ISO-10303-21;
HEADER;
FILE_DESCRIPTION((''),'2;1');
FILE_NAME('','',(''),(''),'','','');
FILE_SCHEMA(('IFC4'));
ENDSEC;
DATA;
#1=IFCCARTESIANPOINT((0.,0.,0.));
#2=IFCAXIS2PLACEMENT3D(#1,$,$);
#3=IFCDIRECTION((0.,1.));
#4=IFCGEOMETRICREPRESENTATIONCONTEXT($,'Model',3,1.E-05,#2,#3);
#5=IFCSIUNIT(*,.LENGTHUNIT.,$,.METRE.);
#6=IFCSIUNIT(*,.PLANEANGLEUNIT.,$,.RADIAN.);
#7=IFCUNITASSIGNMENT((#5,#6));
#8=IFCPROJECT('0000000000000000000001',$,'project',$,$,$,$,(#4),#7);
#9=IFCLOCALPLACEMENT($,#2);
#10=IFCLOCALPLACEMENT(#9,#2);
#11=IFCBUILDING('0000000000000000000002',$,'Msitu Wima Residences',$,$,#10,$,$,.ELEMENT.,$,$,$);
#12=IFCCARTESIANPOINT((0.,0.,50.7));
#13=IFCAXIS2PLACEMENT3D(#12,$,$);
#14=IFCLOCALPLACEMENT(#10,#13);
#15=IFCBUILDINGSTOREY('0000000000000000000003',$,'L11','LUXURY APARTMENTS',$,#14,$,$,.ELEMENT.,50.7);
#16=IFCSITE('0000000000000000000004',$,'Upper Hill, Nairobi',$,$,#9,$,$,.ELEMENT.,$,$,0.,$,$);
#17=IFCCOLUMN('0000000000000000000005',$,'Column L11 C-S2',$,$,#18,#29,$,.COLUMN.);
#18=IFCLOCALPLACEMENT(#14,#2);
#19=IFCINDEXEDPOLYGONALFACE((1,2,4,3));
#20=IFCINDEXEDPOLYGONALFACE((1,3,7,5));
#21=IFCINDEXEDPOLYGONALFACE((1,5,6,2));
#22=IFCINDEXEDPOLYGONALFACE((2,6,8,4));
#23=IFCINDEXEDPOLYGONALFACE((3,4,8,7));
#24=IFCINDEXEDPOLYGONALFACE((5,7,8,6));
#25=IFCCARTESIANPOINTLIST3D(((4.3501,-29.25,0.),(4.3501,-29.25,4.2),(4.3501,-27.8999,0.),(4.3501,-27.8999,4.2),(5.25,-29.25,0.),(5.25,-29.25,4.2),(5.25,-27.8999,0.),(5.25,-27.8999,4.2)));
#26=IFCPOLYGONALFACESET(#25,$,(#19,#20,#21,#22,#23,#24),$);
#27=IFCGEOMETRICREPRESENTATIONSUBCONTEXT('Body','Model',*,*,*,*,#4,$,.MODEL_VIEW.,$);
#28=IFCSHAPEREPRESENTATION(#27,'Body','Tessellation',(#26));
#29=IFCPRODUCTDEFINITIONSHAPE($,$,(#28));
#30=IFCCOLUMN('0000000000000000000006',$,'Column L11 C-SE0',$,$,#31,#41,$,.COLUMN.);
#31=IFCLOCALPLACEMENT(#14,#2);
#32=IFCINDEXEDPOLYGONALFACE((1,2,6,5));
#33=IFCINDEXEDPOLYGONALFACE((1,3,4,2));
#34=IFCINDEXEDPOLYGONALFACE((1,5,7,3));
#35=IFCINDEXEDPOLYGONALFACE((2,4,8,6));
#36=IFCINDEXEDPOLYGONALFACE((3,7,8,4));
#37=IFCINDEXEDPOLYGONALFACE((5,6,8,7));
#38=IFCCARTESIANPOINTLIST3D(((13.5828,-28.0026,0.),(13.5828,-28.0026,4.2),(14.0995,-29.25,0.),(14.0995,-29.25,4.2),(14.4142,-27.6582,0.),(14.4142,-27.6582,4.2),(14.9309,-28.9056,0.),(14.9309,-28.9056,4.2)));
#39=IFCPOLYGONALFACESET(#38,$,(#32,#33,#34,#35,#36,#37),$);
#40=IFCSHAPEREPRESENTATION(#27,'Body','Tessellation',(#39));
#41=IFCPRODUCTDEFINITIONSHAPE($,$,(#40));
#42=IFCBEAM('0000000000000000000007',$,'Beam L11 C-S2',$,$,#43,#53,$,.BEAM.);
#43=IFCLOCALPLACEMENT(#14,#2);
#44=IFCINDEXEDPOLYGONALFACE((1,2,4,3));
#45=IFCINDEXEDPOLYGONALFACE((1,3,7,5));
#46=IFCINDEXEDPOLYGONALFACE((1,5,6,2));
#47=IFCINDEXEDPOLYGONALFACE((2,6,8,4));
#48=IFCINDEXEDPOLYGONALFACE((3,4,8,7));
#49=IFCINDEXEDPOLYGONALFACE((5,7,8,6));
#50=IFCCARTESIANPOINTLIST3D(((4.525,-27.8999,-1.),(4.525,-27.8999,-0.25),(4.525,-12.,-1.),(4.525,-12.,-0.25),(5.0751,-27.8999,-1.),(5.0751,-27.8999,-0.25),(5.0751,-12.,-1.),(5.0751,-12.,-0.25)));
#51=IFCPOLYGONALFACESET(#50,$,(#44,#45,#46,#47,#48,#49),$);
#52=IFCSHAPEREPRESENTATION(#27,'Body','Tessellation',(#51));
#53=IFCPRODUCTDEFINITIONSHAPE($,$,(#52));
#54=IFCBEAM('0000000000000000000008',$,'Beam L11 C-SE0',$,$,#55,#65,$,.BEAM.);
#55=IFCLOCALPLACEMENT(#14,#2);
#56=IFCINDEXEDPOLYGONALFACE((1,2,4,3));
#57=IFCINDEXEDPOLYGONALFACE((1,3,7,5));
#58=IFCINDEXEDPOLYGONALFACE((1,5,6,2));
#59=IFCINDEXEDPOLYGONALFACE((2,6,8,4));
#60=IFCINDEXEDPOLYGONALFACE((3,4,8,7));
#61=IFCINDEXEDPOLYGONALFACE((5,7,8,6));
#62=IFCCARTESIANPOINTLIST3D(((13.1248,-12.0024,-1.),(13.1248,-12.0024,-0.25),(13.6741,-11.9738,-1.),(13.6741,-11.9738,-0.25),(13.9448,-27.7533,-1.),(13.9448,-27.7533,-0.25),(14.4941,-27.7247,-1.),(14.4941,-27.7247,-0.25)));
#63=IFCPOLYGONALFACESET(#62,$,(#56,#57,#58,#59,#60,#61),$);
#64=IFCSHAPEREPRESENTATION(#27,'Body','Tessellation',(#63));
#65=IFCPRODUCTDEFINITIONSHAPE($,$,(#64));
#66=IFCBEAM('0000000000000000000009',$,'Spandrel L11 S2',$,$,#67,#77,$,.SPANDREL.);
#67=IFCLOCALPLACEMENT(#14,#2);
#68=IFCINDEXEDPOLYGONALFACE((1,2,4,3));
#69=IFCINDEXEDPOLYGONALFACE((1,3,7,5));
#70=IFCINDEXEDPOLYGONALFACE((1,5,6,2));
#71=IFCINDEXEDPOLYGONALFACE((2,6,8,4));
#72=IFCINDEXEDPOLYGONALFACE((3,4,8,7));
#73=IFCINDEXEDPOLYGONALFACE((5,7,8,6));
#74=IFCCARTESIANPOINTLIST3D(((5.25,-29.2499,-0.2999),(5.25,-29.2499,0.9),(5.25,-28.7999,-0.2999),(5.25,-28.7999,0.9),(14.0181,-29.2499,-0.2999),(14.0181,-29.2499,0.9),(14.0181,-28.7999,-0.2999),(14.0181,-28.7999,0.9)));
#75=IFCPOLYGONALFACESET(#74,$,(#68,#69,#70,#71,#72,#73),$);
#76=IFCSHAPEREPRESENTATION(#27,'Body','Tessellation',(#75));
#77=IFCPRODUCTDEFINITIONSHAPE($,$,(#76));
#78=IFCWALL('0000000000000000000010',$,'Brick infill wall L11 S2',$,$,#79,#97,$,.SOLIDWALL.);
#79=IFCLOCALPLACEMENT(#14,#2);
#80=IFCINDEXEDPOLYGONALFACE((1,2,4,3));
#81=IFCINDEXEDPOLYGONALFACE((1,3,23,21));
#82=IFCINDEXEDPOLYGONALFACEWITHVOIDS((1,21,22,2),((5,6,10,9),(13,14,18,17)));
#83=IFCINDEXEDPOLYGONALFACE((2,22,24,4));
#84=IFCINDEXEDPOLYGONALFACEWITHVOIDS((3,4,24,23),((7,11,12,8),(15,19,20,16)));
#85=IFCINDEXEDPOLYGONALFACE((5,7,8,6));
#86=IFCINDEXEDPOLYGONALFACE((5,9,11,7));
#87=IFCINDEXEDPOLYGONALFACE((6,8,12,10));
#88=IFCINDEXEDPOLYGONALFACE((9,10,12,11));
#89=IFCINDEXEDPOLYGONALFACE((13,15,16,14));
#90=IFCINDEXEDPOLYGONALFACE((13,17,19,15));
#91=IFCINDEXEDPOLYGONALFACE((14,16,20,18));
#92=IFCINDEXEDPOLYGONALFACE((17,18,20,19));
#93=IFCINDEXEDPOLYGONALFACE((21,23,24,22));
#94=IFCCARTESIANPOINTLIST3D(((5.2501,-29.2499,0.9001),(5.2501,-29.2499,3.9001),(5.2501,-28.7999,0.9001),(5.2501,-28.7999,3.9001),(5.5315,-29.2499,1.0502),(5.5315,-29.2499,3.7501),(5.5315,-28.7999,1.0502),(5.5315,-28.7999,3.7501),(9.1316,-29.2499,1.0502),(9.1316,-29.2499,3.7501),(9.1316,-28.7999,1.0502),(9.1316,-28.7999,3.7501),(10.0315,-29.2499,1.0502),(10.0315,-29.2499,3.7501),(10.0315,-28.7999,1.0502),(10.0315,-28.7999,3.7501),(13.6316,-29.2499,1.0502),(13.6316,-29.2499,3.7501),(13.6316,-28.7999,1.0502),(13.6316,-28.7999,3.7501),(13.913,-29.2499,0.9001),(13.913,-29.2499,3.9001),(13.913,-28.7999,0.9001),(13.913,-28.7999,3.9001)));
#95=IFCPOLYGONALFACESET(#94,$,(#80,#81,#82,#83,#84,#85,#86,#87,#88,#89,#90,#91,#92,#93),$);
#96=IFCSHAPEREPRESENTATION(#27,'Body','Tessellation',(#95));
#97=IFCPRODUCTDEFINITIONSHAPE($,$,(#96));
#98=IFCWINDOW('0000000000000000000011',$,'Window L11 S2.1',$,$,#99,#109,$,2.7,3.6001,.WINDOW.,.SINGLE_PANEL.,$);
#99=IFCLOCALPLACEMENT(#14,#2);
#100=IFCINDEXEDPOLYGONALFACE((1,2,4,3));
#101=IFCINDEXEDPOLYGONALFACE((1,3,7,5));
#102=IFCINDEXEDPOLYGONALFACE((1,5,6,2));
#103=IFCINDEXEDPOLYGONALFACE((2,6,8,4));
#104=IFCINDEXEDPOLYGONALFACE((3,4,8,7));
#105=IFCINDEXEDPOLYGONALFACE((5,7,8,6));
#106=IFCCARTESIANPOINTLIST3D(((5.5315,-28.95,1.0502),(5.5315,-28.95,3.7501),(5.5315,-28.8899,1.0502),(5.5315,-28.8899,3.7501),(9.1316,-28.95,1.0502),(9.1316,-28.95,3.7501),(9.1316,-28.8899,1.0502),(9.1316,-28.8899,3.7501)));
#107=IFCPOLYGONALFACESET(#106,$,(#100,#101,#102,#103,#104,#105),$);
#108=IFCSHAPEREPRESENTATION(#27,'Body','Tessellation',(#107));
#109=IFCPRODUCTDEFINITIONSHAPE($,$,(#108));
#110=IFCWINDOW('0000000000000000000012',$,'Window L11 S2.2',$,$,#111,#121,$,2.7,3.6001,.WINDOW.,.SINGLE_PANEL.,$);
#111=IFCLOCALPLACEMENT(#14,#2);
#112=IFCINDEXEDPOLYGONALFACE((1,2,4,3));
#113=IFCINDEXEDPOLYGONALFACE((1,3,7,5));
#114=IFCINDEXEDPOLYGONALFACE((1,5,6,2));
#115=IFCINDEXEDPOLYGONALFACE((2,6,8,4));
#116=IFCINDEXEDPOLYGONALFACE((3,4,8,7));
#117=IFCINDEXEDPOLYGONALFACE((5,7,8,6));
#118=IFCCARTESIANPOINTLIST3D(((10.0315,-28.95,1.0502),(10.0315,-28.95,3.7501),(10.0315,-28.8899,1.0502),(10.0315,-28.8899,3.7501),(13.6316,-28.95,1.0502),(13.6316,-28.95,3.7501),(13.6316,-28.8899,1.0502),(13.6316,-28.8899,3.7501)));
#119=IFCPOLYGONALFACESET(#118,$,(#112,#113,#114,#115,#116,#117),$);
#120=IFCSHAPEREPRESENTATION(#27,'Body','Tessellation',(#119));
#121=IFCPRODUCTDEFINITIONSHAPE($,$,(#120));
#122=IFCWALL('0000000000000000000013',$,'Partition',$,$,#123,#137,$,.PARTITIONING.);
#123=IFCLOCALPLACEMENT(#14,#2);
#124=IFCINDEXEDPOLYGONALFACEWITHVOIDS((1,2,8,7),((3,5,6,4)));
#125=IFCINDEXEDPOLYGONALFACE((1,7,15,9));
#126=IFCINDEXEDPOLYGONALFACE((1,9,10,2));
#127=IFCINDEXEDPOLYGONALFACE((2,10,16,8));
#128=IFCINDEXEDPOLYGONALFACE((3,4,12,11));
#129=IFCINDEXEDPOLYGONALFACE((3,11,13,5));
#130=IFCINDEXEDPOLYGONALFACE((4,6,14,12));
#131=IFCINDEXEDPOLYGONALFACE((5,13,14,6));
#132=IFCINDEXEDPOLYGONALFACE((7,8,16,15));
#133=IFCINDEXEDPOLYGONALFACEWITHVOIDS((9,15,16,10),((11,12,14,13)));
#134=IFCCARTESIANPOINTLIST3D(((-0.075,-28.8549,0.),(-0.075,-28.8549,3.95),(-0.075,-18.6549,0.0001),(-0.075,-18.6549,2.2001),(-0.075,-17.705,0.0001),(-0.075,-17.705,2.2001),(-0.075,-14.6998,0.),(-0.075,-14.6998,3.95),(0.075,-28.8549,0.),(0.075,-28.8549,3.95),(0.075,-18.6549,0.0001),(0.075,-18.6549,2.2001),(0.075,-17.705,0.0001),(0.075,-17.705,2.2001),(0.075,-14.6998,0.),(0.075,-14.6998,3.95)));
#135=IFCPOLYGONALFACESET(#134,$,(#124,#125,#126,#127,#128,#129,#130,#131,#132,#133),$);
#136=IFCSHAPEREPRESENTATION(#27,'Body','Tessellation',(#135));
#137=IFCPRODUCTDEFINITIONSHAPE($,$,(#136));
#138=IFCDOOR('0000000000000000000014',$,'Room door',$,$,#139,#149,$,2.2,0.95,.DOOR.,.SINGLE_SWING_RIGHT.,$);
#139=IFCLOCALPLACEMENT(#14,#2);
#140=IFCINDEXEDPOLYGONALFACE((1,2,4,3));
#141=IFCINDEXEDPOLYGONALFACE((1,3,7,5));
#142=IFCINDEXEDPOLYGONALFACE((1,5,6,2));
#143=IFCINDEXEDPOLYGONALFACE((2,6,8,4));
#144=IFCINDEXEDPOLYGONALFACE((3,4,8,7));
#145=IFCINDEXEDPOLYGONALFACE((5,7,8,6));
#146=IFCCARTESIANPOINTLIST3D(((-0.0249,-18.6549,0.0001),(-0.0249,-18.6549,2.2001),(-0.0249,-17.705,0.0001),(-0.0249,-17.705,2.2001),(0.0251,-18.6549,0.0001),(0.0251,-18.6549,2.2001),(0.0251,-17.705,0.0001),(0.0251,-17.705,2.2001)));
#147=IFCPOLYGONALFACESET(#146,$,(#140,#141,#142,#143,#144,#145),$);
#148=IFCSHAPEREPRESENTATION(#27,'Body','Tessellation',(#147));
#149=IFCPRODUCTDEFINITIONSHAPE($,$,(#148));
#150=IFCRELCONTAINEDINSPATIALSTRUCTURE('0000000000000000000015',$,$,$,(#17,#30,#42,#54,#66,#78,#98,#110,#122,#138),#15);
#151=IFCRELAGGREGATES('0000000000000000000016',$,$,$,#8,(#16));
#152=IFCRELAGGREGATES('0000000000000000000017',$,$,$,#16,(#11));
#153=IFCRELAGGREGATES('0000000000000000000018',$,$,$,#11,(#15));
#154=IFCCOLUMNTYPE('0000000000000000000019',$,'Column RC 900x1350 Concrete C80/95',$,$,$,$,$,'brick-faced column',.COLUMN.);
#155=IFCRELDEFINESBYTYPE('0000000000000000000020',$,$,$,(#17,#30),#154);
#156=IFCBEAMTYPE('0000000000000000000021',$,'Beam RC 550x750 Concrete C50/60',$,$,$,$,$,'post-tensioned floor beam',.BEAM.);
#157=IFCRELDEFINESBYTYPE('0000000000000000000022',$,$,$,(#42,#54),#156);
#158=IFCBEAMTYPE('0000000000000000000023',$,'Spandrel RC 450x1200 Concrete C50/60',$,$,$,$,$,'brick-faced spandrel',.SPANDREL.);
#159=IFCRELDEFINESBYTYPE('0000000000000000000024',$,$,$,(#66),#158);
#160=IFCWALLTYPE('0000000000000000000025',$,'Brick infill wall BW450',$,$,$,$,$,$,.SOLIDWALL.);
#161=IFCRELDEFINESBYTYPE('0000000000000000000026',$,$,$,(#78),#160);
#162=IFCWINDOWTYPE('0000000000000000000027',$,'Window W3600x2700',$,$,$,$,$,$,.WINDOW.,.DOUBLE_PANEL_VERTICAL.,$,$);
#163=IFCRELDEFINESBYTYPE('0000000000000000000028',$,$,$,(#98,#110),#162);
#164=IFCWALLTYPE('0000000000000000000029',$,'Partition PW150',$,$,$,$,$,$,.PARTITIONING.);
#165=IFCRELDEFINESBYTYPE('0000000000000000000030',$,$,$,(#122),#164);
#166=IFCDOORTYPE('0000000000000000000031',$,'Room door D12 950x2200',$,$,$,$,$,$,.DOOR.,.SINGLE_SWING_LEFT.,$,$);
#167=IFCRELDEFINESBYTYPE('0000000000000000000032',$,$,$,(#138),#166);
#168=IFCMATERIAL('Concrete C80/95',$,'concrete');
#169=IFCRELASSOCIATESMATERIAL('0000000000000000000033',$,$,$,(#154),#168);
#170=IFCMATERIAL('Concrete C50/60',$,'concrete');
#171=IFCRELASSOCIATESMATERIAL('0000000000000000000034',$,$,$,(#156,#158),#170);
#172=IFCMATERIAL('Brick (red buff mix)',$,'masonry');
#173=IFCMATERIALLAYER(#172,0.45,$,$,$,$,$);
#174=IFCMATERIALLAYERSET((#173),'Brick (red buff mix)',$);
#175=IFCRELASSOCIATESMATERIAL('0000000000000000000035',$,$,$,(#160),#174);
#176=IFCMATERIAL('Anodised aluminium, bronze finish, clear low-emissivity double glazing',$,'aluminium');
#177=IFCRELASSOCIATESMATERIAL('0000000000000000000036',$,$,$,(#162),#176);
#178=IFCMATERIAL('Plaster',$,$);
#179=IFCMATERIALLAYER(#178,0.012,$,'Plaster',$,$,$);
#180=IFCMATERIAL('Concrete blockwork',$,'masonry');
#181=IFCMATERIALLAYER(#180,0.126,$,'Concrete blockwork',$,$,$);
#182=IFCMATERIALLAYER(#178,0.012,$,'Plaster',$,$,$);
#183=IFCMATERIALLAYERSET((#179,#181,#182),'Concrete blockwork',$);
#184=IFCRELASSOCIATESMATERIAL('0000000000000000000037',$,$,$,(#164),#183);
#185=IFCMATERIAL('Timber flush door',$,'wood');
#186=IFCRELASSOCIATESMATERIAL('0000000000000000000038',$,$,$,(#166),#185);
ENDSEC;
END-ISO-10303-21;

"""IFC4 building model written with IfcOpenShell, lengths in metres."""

from ifc_helpers import new_model, si_unit, direction, frame, frame_2d, origin, origin_2d, place, context, subcontext, project, spatial, rectangle, extrude, material, layer, layer_set, material_profile, profile_set, type_object, element, fill, save


model = new_model("IFC4")

# Units and contexts
model_context = context("Model", 3, precision=1e-05, world=origin(), true_north=direction((0.0, 1.0)))
body_context = subcontext(model_context, "Body", "Model", "MODEL_VIEW")
ifc_project = project(units=[si_unit("LENGTHUNIT", "METRE"), si_unit("PLANEANGLEUNIT", "RADIAN")], contexts=[model_context])

# Site, building, storey
site_placement = place(None, origin())
site = spatial("IfcSite", under=ifc_project, at=site_placement, Name="Upper Hill, Nairobi", CompositionType="ELEMENT", RefElevation=0.0)
building_placement = place(site_placement, origin())
building = spatial("IfcBuilding", under=site, at=building_placement, Name="Msitu Wima Residences", CompositionType="ELEMENT")
storey_placement = place(building_placement, frame((0.0, 0.0, 50.7)))
storey = spatial("IfcBuildingStorey", under=building, at=storey_placement, Name="L11", Description="LUXURY APARTMENTS", CompositionType="ELEMENT", Elevation=50.7)

# Columns
ifc_material_1 = material(Name="Concrete C80/95", Category="concrete")
ifc_material_profile_1 = material_profile(ifc_material_1, rectangle(XDim=0.8999, YDim=1.3501, at=origin_2d()), Name="RC 900x1350")
ifc_profile_set_1 = profile_set([ifc_material_profile_1], Name="Concrete C80/95")
column_type = type_object("IfcColumnType", Name="Column RC 900x1350 Concrete C80/95", ElementType="brick-faced column", PredefinedType="COLUMN", material=ifc_profile_set_1)
for number, where, z_axis, x_axis, name in (
    (1, (4.8, -28.575, 0.0), (0.0, 0.0, 1.0), (1.0, 0.0, 0.0), "Column L11 C-S2"),
    (2, (14.2568, -28.4541, 0.0), (0.0, 0.0, 1.0), (0.92388, 0.382683, 0.0), "Column L11 C-SE0"),
):
    element("IfcColumn", number, at=place(storey_placement, frame(where, z_axis=z_axis, x_axis=x_axis)), inside=storey, type_object=column_type, Name=name, PredefinedType="COLUMN", context=body_context, shape_type="SweptSolid", body=[
        extrude(rectangle(XDim=0.8999, YDim=1.3501, at=origin_2d()), origin(), (0.0, 0.0, 1.0), 4.2),
    ])

# Beams
ifc_material_2 = material(Name="Concrete C50/60", Category="concrete")
ifc_material_profile_2 = material_profile(ifc_material_2, rectangle(XDim=0.55, YDim=0.75, at=origin_2d()), Name="RC 550x750")
ifc_profile_set_2 = profile_set([ifc_material_profile_2], Name="Concrete C50/60")
beam_type_1 = type_object("IfcBeamType", Name="Beam RC 550x750 Concrete C50/60", ElementType="post-tensioned floor beam", PredefinedType="BEAM", material=ifc_profile_set_2)
beam_1_placement = place(storey_placement, frame((4.8, -27.8999, -0.625), z_axis=(0.0, 1.0, 0.0), x_axis=(-1.0, 0.0, 0.0)))
element("IfcBeam", 3, at=beam_1_placement, inside=storey, type_object=beam_type_1, Name="Beam L11 C-S2", PredefinedType="BEAM", context=body_context, shape_type="SweptSolid", body=[
    extrude(rectangle(XDim=0.55, YDim=0.75, at=origin_2d()), origin(), (0.0, 0.0, 1.0), 15.8999),
])
beam_2_placement = place(storey_placement, frame((14.2195, -27.739, -0.625), z_axis=(-0.051994, 0.998647, 0.0), x_axis=(-0.998647, -0.051994, 0.0)))
element("IfcBeam", 4, at=beam_2_placement, inside=storey, type_object=beam_type_1, Name="Beam L11 C-SE0", PredefinedType="BEAM", context=body_context, shape_type="SweptSolid", body=[
    extrude(rectangle(XDim=0.55, YDim=0.75, at=origin_2d()), origin(), (0.0, 0.0, 1.0), 15.7722),
])
ifc_material_profile_3 = material_profile(ifc_material_2, rectangle(XDim=0.45, YDim=1.2, at=origin_2d()), Name="RC 450x1200")
ifc_profile_set_3 = profile_set([ifc_material_profile_3], Name="Concrete C50/60")
beam_type_2 = type_object("IfcBeamType", Name="Spandrel RC 450x1200 Concrete C50/60", ElementType="brick-faced spandrel", PredefinedType="SPANDREL", material=ifc_profile_set_3)
beam_3_placement = place(storey_placement, frame((5.25, -29.0249, 0.3), z_axis=(1.0, 0.0, 0.0), x_axis=(0.0, 1.0, 0.0)))
element("IfcBeam", 5, at=beam_3_placement, inside=storey, type_object=beam_type_2, Name="Spandrel L11 S2", PredefinedType="SPANDREL", context=body_context, shape_type="SweptSolid", body=[
    extrude(rectangle(XDim=0.45, YDim=1.2, at=origin_2d()), origin(), (0.0, 0.0, 1.0), 8.7681),
])

# Wall, openings, windows
ifc_material_3 = material(Name="Brick (red buff mix)", Category="masonry")
ifc_layer_1 = layer(ifc_material_3, 0.45)
ifc_layer_set_1 = layer_set([ifc_layer_1], Name="Brick (red buff mix)")
wall_type_1 = type_object("IfcWallType", Name="Brick infill wall BW450", PredefinedType="SOLIDWALL", material=ifc_layer_set_1)
wall_1_placement = place(storey_placement, frame((5.25, -29.0249, 0.9001), z_axis=(0.0, 0.0, 1.0), x_axis=(1.0, 0.0, 0.0)))
wall_1 = element("IfcWall", 6, at=wall_1_placement, inside=storey, type_object=wall_type_1, Name="Brick infill wall L11 S2", PredefinedType="SOLIDWALL", context=body_context, shape_type="SweptSolid", body=[
    extrude(rectangle(XDim=8.6628, YDim=0.45, at=frame_2d((4.3315, 0.0))), origin(), (0.0, 0.0, 1.0), 3.0),
])
opening_1_placement = place(wall_1_placement, frame((0.2815, 0.0, 0.1499)))
opening_1 = element("IfcOpeningElement", 7, at=opening_1_placement, cuts=wall_1, PredefinedType="OPENING", context=body_context, shape_type="SweptSolid", body=[
    extrude(rectangle(XDim=3.6001, YDim=2.7, at=frame_2d((1.8, 1.3501))), frame((0.0, 0.2349, 0.0), z_axis=(0.0, -1.0, 0.0), x_axis=(1.0, 0.0, 0.0)), (0.0, 0.0, 1.0), 0.47),
])
opening_2_placement = place(wall_1_placement, frame((4.7815, 0.0, 0.1499)))
opening_2 = element("IfcOpeningElement", 8, at=opening_2_placement, cuts=wall_1, PredefinedType="OPENING", context=body_context, shape_type="SweptSolid", body=[
    extrude(rectangle(XDim=3.6001, YDim=2.7, at=frame_2d((1.8, 1.3501))), frame((0.0, 0.2349, 0.0), z_axis=(0.0, -1.0, 0.0), x_axis=(1.0, 0.0, 0.0)), (0.0, 0.0, 1.0), 0.47),
])
ifc_material_4 = material(Name="Anodised aluminium, bronze finish, clear low-emissivity double glazing", Category="aluminium")
window_type = type_object("IfcWindowType", Name="Window W3600x2700", PartitioningType="DOUBLE_PANEL_VERTICAL", PredefinedType="WINDOW", material=ifc_material_4)
window_1_placement = place(opening_1_placement, origin())
window_1 = element("IfcWindow", 9, at=window_1_placement, inside=storey, type_object=window_type, Name="Window L11 S2.1", OverallHeight=2.7, OverallWidth=3.6001, PartitioningType="SINGLE_PANEL", PredefinedType="WINDOW", context=body_context, shape_type="SweptSolid", body=[
    extrude(rectangle(XDim=3.6001, YDim=2.7, at=frame_2d((1.8, 1.3501))), frame((0.0, 0.135, 0.0), z_axis=(0.0, -1.0, 0.0), x_axis=(1.0, 0.0, 0.0)), (0.0, 0.0, 1.0), 0.0601),
])
fill(opening_1, window_1)
window_2_placement = place(opening_2_placement, origin())
window_2 = element("IfcWindow", 10, at=window_2_placement, inside=storey, type_object=window_type, Name="Window L11 S2.2", OverallHeight=2.7, OverallWidth=3.6001, PartitioningType="SINGLE_PANEL", PredefinedType="WINDOW", context=body_context, shape_type="SweptSolid", body=[
    extrude(rectangle(XDim=3.6001, YDim=2.7, at=frame_2d((1.8, 1.3501))), frame((0.0, 0.135, 0.0), z_axis=(0.0, -1.0, 0.0), x_axis=(1.0, 0.0, 0.0)), (0.0, 0.0, 1.0), 0.0601),
])
fill(opening_2, window_2)

# Wall, opening, door
ifc_material_5 = material(Name="Plaster")
ifc_layer_2 = layer(ifc_material_5, 0.012, Name="Plaster")
ifc_material_6 = material(Name="Concrete blockwork", Category="masonry")
ifc_layer_3 = layer(ifc_material_6, 0.126, Name="Concrete blockwork")
ifc_layer_4 = layer(ifc_material_5, 0.012, Name="Plaster")
ifc_layer_set_2 = layer_set([ifc_layer_2, ifc_layer_3, ifc_layer_4], Name="Concrete blockwork")
wall_type_2 = type_object("IfcWallType", Name="Partition PW150", PredefinedType="PARTITIONING", material=ifc_layer_set_2)
wall_2_placement = place(storey_placement, frame((0.0, -28.855, 0.0), z_axis=(0.0, 0.0, 1.0), x_axis=(0.0, 1.0, 0.0)))
wall_2 = element("IfcWall", 11, at=wall_2_placement, inside=storey, type_object=wall_type_2, Name="Partition", PredefinedType="PARTITIONING", context=body_context, shape_type="SweptSolid", body=[
    extrude(rectangle(XDim=14.155, YDim=0.1499, at=frame_2d((7.0776, 0.0))), origin(), (0.0, 0.0, 1.0), 3.95),
])
opening_3_placement = place(wall_2_placement, frame((10.2, 0.0, 0.0)))
opening_3 = element("IfcOpeningElement", 12, at=opening_3_placement, cuts=wall_2, PredefinedType="OPENING", context=body_context, shape_type="SweptSolid", body=[
    extrude(rectangle(XDim=0.95, YDim=2.2, at=frame_2d((0.4751, 1.1001))), frame((0.0, 0.085, 0.0), z_axis=(0.0, -1.0, 0.0), x_axis=(1.0, 0.0, 0.0)), (0.0, 0.0, 1.0), 0.1699),
])
ifc_material_7 = material(Name="Timber flush door", Category="wood")
door_type_1 = type_object("IfcDoorType", Name="Room door D12 950x2200", OperationType="SINGLE_SWING_LEFT", PredefinedType="DOOR", material=ifc_material_7)
door_1_placement = place(opening_3_placement, origin())
door_1 = element("IfcDoor", 13, at=door_1_placement, inside=storey, type_object=door_type_1, Name="Room door", OperationType="SINGLE_SWING_RIGHT", OverallHeight=2.2, OverallWidth=0.95, PredefinedType="DOOR", context=body_context, shape_type="SweptSolid", body=[
    extrude(rectangle(XDim=0.95, YDim=2.2, at=frame_2d((0.4751, 1.1001))), frame((0.0, 0.0249, 0.0), z_axis=(0.0, -1.0, 0.0), x_axis=(1.0, 0.0, 0.0)), (0.0, 0.0, 1.0), 0.05),
])
fill(opening_3, door_1)

save(model, "model.ifc")
